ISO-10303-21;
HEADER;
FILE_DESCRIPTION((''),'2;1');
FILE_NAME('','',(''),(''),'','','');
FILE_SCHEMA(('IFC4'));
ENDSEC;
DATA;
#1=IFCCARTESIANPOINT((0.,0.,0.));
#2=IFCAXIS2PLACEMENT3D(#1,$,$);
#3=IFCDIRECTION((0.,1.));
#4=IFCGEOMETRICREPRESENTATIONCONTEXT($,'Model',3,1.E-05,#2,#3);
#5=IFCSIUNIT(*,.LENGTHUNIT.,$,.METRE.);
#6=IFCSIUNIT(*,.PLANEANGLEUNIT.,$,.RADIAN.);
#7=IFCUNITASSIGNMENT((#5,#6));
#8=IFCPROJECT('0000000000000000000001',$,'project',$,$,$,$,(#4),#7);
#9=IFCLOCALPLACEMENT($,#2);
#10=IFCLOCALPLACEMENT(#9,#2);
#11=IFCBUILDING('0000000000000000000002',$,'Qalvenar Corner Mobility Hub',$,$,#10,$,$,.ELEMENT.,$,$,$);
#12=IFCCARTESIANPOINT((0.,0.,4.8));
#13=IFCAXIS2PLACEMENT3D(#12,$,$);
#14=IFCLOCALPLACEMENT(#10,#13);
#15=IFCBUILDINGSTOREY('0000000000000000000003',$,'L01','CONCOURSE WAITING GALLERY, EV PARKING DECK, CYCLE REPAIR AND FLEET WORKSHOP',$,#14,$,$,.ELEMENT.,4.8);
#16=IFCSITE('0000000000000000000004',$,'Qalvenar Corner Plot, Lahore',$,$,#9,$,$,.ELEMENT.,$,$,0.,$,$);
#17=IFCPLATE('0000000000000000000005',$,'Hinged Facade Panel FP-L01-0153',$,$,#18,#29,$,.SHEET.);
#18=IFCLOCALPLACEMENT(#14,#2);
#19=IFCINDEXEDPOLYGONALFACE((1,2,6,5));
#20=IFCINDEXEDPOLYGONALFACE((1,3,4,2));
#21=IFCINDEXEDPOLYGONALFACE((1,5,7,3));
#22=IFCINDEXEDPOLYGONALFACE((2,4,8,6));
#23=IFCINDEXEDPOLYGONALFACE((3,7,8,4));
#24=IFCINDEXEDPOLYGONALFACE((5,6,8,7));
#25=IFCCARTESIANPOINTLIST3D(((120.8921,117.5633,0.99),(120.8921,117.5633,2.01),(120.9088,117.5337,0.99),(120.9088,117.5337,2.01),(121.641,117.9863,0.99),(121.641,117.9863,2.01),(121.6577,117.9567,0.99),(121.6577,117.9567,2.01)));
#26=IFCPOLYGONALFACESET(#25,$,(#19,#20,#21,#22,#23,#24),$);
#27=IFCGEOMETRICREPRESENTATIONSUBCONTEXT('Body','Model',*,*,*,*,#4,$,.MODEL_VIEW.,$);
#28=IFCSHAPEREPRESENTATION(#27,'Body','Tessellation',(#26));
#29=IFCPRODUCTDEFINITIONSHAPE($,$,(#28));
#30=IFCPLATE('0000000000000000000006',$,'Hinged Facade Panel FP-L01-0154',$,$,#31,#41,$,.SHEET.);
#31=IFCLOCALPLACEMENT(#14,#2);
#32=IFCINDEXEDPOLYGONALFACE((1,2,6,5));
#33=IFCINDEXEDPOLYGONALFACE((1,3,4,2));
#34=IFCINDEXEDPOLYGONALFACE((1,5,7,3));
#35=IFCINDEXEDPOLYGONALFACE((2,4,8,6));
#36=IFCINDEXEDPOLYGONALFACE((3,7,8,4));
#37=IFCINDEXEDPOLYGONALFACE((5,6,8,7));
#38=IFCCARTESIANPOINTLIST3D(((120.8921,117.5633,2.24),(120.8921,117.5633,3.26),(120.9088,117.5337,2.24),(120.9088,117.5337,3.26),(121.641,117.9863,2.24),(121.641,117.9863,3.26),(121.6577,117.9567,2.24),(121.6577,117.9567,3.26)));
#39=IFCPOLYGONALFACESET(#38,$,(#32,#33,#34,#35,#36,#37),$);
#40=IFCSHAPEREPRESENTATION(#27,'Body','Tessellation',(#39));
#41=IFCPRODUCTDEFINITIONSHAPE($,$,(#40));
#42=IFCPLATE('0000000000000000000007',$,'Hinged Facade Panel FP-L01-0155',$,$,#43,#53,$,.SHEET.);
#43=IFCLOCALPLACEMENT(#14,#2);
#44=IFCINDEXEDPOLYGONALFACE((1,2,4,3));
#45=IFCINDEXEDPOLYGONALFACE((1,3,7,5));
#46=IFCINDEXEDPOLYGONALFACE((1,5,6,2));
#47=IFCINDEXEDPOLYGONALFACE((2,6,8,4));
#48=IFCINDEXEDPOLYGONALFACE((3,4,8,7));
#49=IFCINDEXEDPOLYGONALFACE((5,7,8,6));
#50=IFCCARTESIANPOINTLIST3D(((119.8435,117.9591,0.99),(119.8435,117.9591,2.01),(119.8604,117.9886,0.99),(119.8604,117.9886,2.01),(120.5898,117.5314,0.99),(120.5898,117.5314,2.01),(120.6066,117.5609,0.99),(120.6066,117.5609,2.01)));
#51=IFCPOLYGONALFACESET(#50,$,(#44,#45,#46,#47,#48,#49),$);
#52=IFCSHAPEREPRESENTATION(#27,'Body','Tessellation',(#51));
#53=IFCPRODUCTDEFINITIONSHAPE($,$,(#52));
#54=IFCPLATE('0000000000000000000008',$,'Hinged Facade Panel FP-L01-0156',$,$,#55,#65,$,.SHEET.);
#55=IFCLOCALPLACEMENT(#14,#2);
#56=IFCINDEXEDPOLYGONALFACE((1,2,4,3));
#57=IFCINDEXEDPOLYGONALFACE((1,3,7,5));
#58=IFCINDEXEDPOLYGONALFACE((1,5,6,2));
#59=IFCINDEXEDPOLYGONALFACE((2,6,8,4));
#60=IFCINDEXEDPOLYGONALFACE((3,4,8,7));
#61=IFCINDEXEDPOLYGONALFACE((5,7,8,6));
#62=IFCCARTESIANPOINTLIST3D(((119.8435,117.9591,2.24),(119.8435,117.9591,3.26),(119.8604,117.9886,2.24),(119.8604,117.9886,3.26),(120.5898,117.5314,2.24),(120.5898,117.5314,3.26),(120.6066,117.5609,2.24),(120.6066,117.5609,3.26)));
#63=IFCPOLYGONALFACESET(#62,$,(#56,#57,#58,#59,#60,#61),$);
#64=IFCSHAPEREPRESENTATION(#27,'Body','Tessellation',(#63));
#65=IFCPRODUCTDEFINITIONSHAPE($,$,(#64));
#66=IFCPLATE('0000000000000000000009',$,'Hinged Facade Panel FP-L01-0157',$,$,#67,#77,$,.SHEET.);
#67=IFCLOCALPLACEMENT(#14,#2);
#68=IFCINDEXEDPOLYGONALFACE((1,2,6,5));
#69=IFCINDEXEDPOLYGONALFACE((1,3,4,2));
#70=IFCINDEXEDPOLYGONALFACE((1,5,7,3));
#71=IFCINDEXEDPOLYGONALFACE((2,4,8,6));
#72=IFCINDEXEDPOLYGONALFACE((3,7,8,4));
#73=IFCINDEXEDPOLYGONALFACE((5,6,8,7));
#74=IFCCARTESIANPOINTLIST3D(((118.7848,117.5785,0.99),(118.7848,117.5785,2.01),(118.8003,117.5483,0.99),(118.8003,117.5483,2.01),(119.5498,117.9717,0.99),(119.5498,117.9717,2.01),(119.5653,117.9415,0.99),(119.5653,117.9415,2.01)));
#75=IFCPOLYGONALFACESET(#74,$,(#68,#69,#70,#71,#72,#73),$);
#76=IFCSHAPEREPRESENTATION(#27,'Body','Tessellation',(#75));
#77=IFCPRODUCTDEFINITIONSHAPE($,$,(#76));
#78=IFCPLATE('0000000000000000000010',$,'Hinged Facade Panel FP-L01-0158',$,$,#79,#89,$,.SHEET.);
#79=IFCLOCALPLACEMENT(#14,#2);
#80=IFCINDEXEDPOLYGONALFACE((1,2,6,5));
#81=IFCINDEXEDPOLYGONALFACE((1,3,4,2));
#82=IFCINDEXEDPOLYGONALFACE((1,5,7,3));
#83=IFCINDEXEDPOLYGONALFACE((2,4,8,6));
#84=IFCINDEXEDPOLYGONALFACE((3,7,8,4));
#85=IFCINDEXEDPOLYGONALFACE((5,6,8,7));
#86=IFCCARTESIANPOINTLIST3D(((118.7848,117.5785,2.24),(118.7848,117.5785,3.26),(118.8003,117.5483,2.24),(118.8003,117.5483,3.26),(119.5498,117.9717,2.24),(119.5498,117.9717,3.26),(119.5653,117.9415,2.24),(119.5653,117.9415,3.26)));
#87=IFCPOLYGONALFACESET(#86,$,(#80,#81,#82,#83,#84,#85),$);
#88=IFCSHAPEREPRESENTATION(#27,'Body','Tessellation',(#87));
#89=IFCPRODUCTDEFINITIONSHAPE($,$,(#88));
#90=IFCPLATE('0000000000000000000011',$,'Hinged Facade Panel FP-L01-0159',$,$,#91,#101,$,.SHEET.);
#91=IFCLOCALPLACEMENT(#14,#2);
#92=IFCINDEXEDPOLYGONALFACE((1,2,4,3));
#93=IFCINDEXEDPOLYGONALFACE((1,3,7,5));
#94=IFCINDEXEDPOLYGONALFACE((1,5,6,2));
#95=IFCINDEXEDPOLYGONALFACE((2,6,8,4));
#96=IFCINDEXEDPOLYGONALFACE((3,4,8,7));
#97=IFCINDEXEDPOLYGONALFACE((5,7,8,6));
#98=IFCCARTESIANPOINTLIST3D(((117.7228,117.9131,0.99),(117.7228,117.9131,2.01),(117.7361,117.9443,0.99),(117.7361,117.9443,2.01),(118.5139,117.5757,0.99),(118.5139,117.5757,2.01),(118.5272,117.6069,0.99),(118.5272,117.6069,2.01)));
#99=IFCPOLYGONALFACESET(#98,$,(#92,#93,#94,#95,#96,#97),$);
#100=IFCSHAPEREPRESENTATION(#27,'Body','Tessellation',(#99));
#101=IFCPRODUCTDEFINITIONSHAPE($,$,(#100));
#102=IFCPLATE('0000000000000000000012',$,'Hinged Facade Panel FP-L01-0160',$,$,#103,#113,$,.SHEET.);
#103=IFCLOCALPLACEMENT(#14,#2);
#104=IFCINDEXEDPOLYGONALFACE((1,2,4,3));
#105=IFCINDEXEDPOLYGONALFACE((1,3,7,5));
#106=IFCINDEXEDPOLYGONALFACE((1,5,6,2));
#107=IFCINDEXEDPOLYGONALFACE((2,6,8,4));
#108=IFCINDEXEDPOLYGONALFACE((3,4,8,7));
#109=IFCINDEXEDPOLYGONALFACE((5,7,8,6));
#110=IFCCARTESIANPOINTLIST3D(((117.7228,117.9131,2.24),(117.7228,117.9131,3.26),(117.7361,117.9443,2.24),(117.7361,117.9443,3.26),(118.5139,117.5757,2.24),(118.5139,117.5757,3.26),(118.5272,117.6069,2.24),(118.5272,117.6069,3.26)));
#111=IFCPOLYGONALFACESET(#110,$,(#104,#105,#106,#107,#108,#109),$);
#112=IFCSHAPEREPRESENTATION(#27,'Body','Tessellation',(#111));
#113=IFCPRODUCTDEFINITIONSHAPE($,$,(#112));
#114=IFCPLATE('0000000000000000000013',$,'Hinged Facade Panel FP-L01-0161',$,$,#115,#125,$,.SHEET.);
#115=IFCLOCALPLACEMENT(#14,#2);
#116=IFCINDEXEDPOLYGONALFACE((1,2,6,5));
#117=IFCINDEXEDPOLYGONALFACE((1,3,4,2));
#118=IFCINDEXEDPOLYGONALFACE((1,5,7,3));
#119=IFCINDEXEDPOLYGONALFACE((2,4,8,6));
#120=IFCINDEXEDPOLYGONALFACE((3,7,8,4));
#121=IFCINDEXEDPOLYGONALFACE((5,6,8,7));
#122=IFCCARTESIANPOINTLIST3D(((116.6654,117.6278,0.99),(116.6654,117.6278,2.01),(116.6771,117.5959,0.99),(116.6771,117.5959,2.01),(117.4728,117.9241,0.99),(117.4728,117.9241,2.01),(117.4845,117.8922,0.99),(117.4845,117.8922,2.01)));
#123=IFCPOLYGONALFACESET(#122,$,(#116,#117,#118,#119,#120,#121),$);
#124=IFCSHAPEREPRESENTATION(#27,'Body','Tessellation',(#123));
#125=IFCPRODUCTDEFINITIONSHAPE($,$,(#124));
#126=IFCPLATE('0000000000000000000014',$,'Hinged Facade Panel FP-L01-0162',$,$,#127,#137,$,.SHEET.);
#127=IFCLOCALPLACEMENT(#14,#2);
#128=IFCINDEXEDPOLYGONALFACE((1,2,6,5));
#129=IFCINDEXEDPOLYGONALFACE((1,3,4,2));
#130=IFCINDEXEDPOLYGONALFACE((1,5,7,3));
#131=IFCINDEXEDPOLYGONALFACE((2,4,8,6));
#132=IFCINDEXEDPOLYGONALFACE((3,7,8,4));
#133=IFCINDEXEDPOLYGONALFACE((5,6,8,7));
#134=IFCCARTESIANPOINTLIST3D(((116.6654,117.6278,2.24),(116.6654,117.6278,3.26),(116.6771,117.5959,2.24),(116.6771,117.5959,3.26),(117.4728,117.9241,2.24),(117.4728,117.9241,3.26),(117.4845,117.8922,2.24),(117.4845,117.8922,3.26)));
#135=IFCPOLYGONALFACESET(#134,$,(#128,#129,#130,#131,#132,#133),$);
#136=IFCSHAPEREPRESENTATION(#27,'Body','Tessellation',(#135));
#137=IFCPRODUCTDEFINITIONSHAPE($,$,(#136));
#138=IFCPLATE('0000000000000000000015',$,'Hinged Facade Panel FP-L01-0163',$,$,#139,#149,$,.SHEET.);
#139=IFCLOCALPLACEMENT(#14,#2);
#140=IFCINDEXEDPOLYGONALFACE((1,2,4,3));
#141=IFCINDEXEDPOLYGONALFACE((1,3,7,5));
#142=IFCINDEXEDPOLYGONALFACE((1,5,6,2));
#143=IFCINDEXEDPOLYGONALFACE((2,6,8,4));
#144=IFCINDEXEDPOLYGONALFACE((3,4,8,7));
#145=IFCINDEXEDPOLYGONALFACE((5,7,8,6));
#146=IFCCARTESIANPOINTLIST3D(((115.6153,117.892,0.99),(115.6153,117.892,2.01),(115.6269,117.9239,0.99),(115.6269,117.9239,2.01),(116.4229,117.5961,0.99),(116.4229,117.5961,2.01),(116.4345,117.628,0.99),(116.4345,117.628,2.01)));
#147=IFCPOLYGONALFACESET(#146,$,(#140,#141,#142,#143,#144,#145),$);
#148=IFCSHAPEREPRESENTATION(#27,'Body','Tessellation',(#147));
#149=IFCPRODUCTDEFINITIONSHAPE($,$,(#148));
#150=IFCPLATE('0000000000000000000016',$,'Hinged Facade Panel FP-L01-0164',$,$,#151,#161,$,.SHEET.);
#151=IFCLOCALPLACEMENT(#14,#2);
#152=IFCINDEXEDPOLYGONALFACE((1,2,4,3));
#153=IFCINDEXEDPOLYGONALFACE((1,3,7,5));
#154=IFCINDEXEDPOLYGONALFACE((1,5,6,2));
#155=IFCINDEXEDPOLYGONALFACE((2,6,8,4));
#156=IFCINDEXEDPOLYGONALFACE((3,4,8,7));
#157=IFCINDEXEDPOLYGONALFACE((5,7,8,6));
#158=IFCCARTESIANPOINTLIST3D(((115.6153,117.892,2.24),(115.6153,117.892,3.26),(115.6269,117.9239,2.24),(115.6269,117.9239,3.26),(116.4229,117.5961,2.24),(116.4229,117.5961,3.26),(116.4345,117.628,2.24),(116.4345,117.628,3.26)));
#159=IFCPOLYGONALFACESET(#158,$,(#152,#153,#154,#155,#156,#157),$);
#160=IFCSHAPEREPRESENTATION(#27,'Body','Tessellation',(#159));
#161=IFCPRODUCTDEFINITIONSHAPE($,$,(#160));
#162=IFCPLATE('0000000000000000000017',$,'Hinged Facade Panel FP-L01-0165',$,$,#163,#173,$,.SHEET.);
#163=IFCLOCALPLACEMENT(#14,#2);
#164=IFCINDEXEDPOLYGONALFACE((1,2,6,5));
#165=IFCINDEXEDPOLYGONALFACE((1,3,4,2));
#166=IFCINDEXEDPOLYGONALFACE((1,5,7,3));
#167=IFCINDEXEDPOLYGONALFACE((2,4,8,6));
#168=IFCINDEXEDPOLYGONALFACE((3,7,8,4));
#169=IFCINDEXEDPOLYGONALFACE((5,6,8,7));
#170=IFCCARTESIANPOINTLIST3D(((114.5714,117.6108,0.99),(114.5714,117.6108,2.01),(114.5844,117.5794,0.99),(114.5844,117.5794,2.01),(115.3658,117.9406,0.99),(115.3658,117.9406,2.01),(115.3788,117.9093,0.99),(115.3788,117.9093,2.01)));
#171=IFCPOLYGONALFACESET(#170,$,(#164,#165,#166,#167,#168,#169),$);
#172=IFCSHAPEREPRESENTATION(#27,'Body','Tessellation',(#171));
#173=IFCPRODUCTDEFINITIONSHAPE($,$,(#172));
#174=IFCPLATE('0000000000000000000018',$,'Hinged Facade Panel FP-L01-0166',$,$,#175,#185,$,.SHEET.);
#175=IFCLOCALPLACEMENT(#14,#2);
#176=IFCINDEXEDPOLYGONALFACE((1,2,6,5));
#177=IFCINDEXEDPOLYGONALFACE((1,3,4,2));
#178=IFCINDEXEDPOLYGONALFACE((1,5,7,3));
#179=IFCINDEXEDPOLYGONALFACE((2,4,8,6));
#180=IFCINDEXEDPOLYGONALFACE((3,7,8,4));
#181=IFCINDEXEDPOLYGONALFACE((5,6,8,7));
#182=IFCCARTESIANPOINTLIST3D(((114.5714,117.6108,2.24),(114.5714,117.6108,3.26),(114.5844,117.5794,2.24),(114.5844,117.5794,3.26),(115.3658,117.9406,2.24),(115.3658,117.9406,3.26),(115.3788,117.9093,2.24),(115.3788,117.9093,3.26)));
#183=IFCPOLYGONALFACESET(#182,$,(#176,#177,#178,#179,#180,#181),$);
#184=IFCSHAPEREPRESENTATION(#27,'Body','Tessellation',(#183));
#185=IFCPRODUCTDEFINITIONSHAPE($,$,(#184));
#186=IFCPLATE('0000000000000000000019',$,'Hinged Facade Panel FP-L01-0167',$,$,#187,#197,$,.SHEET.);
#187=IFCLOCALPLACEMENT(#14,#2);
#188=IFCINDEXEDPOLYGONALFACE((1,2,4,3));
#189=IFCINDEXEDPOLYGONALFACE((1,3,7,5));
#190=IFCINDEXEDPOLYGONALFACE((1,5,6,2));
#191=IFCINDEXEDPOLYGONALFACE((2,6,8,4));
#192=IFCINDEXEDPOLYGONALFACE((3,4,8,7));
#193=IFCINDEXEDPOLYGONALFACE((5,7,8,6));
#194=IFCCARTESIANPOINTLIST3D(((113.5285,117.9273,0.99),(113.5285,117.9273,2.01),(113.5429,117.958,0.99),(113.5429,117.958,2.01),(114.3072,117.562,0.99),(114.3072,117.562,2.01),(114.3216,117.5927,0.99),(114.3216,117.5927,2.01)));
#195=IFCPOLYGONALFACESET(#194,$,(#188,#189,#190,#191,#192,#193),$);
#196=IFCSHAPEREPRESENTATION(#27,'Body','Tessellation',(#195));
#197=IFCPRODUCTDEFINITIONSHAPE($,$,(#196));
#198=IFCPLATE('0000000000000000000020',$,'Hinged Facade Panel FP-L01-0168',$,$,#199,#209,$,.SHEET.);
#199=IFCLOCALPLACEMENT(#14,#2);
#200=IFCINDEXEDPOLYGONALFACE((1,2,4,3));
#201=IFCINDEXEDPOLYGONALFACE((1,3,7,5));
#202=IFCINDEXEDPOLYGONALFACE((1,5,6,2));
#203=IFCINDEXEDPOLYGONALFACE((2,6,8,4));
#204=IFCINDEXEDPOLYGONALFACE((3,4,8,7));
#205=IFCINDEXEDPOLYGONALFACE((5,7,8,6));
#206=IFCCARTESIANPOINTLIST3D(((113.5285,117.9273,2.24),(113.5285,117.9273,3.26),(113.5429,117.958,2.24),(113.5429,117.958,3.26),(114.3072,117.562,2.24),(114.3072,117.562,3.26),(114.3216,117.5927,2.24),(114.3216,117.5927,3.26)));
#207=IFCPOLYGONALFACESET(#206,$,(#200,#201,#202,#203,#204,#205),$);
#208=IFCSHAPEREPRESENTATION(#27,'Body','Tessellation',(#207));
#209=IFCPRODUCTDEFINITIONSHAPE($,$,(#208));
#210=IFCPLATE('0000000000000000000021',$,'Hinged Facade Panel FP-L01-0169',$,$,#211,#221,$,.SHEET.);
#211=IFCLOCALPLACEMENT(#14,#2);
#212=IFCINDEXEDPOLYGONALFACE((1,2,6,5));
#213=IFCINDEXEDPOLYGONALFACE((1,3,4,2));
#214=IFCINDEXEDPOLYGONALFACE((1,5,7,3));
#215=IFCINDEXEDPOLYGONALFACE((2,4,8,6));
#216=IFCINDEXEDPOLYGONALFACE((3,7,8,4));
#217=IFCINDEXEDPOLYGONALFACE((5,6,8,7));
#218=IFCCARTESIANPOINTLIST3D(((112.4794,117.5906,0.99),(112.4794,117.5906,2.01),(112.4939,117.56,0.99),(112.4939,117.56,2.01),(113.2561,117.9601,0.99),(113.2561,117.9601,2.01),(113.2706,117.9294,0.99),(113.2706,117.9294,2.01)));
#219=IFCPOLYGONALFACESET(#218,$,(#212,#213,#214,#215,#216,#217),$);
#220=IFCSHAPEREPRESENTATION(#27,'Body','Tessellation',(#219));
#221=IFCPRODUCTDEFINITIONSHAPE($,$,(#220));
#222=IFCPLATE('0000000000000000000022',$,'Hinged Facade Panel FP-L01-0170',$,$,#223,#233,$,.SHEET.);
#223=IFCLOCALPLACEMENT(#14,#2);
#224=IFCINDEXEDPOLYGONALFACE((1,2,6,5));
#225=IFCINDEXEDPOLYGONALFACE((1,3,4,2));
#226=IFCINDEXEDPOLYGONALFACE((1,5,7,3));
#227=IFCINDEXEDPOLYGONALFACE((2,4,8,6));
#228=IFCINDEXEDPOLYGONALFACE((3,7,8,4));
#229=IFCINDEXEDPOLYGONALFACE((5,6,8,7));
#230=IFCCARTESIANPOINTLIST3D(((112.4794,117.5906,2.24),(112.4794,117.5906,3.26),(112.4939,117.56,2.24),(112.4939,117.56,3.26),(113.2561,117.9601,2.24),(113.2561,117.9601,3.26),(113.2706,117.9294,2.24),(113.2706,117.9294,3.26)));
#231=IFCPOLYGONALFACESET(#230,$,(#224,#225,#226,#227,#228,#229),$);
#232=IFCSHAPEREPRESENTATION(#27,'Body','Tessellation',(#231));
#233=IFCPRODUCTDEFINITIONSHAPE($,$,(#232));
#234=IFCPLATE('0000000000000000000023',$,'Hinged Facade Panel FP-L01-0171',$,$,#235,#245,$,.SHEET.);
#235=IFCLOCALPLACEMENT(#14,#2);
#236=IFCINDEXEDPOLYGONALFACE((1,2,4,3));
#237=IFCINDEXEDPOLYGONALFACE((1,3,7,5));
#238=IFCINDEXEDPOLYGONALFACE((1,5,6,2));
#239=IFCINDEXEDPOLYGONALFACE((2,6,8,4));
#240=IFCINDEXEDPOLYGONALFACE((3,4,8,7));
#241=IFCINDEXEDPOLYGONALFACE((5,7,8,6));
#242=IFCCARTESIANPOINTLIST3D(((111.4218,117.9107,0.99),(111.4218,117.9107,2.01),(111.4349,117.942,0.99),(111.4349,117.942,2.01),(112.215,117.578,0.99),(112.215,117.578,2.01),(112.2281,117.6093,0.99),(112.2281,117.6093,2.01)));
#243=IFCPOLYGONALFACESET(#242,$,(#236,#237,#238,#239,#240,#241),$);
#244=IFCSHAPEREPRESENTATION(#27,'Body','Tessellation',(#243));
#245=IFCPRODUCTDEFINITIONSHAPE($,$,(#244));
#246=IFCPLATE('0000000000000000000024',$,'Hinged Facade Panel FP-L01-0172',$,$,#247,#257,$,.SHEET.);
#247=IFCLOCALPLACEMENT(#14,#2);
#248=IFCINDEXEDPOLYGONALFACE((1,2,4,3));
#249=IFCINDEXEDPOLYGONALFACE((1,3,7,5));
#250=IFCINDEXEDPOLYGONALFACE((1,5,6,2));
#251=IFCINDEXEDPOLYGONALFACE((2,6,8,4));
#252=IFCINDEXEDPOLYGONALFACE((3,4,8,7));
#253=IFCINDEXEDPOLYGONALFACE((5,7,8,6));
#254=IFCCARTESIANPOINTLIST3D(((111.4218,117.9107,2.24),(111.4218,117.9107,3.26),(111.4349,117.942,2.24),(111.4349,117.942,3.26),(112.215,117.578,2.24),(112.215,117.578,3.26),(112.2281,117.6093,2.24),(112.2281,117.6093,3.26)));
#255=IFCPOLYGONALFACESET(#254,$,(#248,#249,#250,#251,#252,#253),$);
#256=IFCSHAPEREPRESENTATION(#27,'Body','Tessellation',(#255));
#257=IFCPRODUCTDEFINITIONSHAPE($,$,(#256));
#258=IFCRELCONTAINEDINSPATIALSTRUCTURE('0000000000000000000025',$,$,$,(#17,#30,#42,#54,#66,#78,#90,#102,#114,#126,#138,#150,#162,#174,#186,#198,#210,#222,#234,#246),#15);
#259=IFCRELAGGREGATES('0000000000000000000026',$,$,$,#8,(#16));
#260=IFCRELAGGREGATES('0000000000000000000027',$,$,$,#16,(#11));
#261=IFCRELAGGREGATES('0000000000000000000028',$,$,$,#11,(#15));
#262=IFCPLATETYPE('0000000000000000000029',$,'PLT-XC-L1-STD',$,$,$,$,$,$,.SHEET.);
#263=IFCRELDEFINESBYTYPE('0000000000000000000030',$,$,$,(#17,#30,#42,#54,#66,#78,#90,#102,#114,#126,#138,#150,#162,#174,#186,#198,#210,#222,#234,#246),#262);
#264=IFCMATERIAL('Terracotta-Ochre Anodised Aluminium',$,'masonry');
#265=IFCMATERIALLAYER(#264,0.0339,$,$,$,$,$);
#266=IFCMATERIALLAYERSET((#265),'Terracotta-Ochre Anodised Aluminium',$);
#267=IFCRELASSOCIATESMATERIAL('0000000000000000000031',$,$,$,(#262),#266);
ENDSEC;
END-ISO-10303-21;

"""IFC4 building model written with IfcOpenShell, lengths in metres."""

from ifc_helpers import new_model, si_unit, direction, frame, origin, origin_2d, place, context, subcontext, project, spatial, rectangle, extrude, material, layer, layer_set, type_object, element, save


model = new_model("IFC4")

# Units and contexts
model_context = context("Model", 3, precision=1e-05, world=origin(), true_north=direction((0.0, 1.0)))
body_context = subcontext(model_context, "Body", "Model", "MODEL_VIEW")
ifc_project = project(units=[si_unit("LENGTHUNIT", "METRE"), si_unit("PLANEANGLEUNIT", "RADIAN")], contexts=[model_context])

# Site, building, storey
site_placement = place(None, origin())
site = spatial("IfcSite", under=ifc_project, at=site_placement, Name="Qalvenar Corner Plot, Lahore", CompositionType="ELEMENT", RefElevation=0.0)
building_placement = place(site_placement, origin())
building = spatial("IfcBuilding", under=site, at=building_placement, Name="Qalvenar Corner Mobility Hub", CompositionType="ELEMENT")
storey_placement = place(building_placement, frame((0.0, 0.0, 4.8)))
storey = spatial("IfcBuildingStorey", under=building, at=storey_placement, Name="L01", Description="CONCOURSE WAITING GALLERY, EV PARKING DECK, CYCLE REPAIR AND FLEET WORKSHOP", CompositionType="ELEMENT", Elevation=4.8)

# Plates
ifc_material_1 = material(Name="Terracotta-Ochre Anodised Aluminium", Category="masonry")
ifc_layer = layer(ifc_material_1, 0.0339)
ifc_layer_set = layer_set([ifc_layer], Name="Terracotta-Ochre Anodised Aluminium")
plate_type = type_object("IfcPlateType", Name="PLT-XC-L1-STD", PredefinedType="SHEET", material=ifc_layer_set)
for number, where, z_axis, x_axis, name in (
    (1, (121.2749, 117.76, 0.99), (0.0, 0.0, 1.0), (-0.870699, -0.491816, 0.0), "Hinged Facade Panel FP-L01-0153"),
    (2, (121.2749, 117.76, 2.24), (0.0, 0.0, 1.0), (-0.870699, -0.491816, 0.0), "Hinged Facade Panel FP-L01-0154"),
    (3, (120.2251, 117.76, 0.99), (0.0, 0.0, 1.0), (-0.867592, 0.497277, 0.0), "Hinged Facade Panel FP-L01-0155"),
    (4, (120.2251, 117.76, 2.24), (0.0, 0.0, 1.0), (-0.867592, 0.497277, 0.0), "Hinged Facade Panel FP-L01-0156"),
    (5, (119.175, 117.76, 0.99), (0.0, 0.0, 1.0), (-0.889416, -0.457098, 0.0), "Hinged Facade Panel FP-L01-0157"),
    (6, (119.175, 117.76, 2.24), (0.0, 0.0, 1.0), (-0.889416, -0.457098, 0.0), "Hinged Facade Panel FP-L01-0158"),
    (7, (118.125, 117.76, 0.99), (0.0, 0.0, 1.0), (-0.919821, 0.392337, 0.0), "Hinged Facade Panel FP-L01-0159"),
    (8, (118.125, 117.76, 2.24), (0.0, 0.0, 1.0), (-0.919821, 0.392337, 0.0), "Hinged Facade Panel FP-L01-0160"),
    (9, (117.075, 117.76, 0.99), (0.0, 0.0, 1.0), (-0.938794, -0.344479, 0.0), "Hinged Facade Panel FP-L01-0161"),
    (10, (117.075, 117.76, 2.24), (0.0, 0.0, 1.0), (-0.938794, -0.344479, 0.0), "Hinged Facade Panel FP-L01-0162"),
    (11, (116.0249, 117.76, 0.99), (0.0, 0.0, 1.0), (-0.938974, 0.343987, 0.0), "Hinged Facade Panel FP-L01-0163"),
    (12, (116.0249, 117.76, 2.24), (0.0, 0.0, 1.0), (-0.938974, 0.343987, 0.0), "Hinged Facade Panel FP-L01-0164"),
    (13, (114.9751, 117.76, 0.99), (0.0, 0.0, 1.0), (-0.923545, -0.38349, 0.0), "Hinged Facade Panel FP-L01-0165"),
    (14, (114.9751, 117.76, 2.24), (0.0, 0.0, 1.0), (-0.923545, -0.38349, 0.0), "Hinged Facade Panel FP-L01-0166"),
    (15, (113.925, 117.76, 0.99), (0.0, 0.0, 1.0), (-0.905347, 0.424674, 0.0), "Hinged Facade Panel FP-L01-0167"),
    (16, (113.925, 117.76, 2.24), (0.0, 0.0, 1.0), (-0.905347, 0.424674, 0.0), "Hinged Facade Panel FP-L01-0168"),
    (17, (112.875, 117.76, 0.99), (0.0, 0.0, 1.0), (-0.903036, -0.429566, 0.0), "Hinged Facade Panel FP-L01-0169"),
    (18, (112.875, 117.76, 2.24), (0.0, 0.0, 1.0), (-0.903036, -0.429566, 0.0), "Hinged Facade Panel FP-L01-0170"),
    (19, (111.825, 117.76, 0.99), (0.0, 0.0, 1.0), (-0.922133, 0.386872, 0.0), "Hinged Facade Panel FP-L01-0171"),
    (20, (111.825, 117.76, 2.24), (0.0, 0.0, 1.0), (-0.922133, 0.386872, 0.0), "Hinged Facade Panel FP-L01-0172"),
):
    element("IfcPlate", number, at=place(storey_placement, frame(where, z_axis=z_axis, x_axis=x_axis)), inside=storey, type_object=plate_type, Name=name, PredefinedType="SHEET", context=body_context, shape_type="SweptSolid", body=[
        extrude(rectangle(XDim=0.8601, YDim=0.0339, at=origin_2d()), origin(), (0.0, 0.0, 1.0), 1.02),
    ])

save(model, "model.ifc")
